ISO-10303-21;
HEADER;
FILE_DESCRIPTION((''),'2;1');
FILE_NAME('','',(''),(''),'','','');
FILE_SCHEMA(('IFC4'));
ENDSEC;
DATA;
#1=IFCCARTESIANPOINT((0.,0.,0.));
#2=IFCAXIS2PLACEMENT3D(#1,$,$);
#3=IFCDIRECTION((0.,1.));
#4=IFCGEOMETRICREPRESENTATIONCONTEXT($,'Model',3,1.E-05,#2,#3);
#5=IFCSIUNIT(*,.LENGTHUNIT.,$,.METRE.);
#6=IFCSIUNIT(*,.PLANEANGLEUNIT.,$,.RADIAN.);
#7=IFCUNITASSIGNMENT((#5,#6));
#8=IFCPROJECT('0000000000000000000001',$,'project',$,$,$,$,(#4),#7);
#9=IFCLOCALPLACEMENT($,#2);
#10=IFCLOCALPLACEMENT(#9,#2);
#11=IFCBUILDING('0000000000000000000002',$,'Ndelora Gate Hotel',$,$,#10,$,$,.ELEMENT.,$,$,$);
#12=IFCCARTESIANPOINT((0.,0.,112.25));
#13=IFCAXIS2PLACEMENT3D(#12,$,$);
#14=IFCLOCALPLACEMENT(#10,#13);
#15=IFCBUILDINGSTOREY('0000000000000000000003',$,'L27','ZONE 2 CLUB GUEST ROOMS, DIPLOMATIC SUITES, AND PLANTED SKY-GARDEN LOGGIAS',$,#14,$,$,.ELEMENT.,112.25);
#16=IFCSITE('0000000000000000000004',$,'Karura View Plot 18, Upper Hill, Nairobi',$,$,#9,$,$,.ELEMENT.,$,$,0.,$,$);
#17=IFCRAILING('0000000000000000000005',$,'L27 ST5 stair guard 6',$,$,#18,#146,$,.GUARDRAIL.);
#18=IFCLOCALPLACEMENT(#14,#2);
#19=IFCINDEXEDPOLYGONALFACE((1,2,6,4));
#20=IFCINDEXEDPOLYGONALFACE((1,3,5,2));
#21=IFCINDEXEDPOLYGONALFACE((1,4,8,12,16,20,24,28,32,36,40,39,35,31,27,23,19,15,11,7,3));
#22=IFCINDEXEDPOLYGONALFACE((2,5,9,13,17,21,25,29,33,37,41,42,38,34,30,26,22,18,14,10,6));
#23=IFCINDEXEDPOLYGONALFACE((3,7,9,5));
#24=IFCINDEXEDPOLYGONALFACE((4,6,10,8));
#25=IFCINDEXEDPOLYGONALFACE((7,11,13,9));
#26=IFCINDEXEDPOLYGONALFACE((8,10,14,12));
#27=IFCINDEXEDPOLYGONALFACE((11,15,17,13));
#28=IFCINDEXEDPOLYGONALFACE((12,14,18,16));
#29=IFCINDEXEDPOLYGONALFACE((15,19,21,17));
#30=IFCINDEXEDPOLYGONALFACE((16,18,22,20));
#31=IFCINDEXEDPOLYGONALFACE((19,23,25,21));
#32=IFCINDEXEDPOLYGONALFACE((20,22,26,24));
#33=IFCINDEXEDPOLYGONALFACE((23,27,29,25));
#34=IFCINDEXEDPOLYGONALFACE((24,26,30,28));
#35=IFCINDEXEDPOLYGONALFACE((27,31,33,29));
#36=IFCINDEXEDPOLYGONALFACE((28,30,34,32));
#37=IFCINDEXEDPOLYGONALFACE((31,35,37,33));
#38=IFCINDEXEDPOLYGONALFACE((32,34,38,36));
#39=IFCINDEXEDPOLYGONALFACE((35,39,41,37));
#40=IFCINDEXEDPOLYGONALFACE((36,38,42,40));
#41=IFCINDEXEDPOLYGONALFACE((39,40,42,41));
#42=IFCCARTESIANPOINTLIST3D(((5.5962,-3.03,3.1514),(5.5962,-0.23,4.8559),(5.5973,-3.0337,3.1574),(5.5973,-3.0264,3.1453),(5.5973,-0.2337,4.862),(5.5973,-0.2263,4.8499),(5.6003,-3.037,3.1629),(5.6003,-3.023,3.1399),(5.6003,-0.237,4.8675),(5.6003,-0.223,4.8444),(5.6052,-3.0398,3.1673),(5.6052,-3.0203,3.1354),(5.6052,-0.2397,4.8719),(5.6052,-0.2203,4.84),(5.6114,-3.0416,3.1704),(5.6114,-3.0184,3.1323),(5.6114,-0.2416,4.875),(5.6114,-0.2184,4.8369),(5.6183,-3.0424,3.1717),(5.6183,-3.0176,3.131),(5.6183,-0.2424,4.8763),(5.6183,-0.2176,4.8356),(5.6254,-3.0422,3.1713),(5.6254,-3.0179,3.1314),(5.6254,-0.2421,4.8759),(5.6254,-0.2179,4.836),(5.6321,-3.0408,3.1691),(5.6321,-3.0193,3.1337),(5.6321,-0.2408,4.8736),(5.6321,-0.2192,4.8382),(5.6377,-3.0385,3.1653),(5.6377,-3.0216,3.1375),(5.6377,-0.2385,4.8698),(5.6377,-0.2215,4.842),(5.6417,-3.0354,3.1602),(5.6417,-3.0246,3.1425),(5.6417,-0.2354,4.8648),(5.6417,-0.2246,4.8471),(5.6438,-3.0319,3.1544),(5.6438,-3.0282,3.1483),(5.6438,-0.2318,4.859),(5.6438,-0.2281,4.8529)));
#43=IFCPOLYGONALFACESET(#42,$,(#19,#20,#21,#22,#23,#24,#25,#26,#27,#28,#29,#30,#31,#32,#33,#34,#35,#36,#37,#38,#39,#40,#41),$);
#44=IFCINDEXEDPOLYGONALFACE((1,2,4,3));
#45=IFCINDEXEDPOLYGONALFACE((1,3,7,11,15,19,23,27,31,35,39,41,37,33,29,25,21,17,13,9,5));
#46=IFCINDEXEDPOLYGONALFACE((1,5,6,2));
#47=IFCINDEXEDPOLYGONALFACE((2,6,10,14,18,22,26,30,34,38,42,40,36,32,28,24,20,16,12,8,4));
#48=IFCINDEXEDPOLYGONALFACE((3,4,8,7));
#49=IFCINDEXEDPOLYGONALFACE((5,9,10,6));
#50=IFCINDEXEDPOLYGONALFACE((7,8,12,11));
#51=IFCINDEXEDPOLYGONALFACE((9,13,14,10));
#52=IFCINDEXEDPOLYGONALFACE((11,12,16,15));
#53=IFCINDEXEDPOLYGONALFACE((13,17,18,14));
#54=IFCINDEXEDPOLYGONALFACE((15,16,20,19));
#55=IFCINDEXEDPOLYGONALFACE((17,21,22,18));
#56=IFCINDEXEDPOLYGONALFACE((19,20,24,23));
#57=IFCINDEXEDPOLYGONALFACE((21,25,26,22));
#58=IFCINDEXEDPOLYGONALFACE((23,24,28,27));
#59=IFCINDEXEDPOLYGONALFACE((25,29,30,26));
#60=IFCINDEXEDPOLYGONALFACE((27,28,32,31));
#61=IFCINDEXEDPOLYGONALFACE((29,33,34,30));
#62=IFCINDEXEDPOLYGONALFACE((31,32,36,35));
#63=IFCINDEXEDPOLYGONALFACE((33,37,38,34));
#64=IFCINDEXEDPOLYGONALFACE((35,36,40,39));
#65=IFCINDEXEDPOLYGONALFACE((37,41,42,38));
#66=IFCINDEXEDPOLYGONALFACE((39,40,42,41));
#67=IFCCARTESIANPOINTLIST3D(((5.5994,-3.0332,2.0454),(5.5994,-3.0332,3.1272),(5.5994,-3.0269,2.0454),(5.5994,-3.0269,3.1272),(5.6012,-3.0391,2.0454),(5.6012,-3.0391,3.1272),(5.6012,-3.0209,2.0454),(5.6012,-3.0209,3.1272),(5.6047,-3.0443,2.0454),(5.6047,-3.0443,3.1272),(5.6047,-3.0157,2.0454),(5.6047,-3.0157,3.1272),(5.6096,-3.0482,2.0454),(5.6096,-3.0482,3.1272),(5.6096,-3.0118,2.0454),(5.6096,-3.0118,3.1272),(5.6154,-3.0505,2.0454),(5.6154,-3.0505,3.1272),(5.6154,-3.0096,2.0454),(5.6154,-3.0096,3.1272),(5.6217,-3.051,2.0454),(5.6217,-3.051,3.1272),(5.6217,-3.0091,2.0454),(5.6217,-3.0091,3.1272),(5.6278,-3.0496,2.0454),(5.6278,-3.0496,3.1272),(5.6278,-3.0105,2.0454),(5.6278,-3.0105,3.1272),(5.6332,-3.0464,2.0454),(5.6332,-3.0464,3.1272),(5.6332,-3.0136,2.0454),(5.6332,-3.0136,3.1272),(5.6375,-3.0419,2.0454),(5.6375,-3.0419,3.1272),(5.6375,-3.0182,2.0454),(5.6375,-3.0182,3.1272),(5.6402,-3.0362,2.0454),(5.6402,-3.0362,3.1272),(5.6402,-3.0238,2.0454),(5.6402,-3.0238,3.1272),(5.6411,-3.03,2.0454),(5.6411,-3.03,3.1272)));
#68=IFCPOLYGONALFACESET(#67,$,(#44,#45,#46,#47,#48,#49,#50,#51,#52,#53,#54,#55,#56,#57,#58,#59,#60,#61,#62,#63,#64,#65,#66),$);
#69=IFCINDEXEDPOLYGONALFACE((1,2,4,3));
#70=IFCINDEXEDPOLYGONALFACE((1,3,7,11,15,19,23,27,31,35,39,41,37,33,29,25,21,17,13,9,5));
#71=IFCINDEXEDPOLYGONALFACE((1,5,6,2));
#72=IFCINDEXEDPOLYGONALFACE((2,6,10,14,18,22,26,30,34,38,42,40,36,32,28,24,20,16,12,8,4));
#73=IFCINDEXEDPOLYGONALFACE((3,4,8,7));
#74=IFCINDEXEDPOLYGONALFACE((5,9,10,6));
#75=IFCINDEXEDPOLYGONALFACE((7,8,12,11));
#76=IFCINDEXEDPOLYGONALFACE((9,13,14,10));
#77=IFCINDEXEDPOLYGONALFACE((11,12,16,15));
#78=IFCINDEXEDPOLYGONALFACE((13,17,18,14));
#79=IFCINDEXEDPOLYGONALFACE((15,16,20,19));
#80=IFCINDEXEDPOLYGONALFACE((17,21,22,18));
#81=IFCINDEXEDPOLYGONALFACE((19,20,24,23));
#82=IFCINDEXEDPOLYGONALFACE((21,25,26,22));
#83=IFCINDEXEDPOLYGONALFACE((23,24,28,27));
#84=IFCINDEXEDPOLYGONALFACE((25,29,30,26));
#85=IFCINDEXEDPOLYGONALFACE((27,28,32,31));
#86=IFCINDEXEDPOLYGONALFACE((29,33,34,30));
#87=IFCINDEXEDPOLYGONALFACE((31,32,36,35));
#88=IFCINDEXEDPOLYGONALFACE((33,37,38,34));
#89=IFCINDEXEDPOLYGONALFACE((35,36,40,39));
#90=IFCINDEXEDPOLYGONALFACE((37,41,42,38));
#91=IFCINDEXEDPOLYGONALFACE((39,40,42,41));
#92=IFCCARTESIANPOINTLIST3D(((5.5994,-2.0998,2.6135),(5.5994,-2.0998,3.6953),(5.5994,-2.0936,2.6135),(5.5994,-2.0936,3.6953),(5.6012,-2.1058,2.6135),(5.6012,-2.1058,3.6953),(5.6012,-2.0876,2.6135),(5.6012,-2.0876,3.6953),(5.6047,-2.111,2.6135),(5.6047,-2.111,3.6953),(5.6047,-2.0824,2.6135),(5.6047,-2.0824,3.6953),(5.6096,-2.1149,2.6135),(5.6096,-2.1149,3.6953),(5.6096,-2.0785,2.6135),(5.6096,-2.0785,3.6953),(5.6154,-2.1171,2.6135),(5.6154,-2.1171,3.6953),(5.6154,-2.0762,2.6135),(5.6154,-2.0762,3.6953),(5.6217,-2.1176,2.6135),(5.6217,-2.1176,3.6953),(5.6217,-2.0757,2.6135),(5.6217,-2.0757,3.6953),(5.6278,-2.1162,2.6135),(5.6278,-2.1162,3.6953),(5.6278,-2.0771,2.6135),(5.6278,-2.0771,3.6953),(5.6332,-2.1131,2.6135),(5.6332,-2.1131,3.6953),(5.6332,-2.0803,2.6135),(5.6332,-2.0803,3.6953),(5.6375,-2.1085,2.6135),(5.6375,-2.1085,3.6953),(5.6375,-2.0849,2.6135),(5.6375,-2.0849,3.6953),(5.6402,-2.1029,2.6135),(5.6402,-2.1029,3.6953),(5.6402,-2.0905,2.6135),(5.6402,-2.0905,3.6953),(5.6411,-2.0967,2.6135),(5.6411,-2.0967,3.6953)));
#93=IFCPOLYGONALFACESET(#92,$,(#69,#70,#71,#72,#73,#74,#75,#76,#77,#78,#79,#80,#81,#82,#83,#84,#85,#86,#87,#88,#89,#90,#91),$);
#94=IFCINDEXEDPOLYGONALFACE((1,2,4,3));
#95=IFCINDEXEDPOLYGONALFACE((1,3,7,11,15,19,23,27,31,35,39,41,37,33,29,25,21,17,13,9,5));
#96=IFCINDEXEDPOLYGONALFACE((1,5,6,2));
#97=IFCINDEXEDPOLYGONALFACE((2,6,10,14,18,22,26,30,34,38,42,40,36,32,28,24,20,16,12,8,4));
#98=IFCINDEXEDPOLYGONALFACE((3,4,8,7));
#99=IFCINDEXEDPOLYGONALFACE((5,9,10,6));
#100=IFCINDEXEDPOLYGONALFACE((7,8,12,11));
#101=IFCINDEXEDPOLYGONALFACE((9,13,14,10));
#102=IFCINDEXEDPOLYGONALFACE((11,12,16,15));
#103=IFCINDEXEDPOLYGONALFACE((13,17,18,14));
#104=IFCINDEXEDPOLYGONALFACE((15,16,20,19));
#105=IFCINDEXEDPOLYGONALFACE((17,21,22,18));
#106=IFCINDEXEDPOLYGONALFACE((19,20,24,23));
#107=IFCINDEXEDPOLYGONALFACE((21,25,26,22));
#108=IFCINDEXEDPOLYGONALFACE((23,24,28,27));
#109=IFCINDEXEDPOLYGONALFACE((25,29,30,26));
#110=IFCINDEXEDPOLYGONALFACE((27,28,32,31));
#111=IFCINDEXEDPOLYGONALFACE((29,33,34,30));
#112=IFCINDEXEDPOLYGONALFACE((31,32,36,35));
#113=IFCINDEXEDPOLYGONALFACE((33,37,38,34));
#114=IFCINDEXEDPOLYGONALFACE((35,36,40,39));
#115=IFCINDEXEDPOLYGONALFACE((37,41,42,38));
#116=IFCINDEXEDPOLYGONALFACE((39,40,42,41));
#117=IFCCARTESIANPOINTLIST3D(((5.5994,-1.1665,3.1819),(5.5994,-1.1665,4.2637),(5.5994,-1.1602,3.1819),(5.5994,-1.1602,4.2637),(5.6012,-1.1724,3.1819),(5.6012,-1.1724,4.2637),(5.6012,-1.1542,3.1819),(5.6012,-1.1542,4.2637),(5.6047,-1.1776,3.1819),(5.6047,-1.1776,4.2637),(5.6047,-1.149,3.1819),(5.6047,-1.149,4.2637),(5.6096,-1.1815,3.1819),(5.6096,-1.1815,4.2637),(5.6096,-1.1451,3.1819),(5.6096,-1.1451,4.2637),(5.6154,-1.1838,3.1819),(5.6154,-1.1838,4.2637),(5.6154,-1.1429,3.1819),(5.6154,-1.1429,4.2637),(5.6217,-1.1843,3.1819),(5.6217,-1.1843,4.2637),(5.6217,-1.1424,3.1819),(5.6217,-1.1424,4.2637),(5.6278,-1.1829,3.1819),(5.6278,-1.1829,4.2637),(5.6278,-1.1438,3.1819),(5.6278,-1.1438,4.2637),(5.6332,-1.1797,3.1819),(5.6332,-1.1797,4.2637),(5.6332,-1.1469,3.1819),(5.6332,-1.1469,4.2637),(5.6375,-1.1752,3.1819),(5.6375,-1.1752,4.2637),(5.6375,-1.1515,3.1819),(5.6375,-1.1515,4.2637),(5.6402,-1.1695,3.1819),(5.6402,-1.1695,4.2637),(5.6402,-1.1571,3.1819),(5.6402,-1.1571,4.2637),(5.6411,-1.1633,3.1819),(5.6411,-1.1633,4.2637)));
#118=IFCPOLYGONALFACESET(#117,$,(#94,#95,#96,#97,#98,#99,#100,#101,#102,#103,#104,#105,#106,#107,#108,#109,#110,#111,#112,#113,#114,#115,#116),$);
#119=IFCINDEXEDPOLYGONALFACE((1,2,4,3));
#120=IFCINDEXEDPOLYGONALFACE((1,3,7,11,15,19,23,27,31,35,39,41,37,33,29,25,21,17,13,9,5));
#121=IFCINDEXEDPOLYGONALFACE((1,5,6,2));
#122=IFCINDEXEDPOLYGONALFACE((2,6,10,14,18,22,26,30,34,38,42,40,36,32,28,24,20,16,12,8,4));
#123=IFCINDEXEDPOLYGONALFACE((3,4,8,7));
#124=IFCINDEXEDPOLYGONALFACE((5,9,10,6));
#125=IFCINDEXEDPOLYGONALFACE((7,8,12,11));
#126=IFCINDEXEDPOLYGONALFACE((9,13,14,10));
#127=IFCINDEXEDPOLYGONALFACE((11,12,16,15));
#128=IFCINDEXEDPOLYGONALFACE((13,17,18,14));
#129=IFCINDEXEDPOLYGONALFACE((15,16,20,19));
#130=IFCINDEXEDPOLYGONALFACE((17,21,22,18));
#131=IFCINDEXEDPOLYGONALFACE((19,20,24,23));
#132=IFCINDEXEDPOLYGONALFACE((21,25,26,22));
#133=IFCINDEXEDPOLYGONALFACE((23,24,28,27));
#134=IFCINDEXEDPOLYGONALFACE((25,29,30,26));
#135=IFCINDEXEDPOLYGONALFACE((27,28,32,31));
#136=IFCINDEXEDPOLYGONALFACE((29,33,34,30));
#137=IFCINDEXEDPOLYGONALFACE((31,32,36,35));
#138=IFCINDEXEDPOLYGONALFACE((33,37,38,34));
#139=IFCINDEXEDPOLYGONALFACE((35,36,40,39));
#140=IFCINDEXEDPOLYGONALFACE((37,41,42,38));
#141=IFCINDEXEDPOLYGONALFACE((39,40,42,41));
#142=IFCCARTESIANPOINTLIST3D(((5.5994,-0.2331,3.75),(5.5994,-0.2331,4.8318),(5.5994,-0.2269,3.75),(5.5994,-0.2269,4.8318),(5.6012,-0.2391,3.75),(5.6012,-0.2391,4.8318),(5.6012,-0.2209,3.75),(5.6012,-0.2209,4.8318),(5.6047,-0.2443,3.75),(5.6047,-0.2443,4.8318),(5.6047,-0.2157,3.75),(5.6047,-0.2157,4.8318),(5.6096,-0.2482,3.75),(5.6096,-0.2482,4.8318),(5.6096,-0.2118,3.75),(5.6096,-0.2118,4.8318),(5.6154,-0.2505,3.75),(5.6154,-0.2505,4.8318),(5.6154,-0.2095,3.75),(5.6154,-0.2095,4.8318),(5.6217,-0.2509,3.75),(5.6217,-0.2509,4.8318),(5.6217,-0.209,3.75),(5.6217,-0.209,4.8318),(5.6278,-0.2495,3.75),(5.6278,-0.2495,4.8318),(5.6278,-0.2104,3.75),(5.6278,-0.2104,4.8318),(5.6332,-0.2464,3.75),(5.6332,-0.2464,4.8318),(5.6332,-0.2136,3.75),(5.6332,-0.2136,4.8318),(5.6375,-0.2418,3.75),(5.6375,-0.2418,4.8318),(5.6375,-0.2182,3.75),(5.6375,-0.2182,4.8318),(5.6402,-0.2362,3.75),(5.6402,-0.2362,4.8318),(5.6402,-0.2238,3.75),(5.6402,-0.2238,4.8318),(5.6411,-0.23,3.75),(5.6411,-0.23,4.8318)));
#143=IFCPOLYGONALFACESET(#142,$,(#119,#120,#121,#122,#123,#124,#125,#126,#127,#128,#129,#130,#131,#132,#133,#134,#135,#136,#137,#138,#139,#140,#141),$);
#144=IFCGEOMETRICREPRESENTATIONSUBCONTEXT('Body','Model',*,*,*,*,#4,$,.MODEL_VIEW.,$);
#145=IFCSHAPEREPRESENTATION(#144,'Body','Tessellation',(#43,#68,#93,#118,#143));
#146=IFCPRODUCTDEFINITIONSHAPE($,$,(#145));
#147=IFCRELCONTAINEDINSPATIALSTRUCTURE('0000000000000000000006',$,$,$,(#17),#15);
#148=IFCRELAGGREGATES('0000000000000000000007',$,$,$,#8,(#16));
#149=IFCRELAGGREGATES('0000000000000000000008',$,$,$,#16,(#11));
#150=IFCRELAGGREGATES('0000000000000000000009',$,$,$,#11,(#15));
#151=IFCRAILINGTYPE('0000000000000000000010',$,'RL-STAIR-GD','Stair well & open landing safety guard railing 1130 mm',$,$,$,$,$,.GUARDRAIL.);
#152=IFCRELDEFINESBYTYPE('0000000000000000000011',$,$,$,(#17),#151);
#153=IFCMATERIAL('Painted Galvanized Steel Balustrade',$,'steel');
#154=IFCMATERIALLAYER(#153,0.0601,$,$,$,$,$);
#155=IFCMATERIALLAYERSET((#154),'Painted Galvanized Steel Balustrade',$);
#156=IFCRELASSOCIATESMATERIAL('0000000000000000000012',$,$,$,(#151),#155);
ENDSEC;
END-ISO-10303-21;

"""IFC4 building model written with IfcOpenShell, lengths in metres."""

from ifc_helpers import new_model, si_unit, direction, frame, origin, origin_2d, place, context, subcontext, project, spatial, circle, extrude, material, layer, layer_set, type_object, element, save


model = new_model("IFC4")

# Units and contexts
model_context = context("Model", 3, precision=1e-05, world=origin(), true_north=direction((0.0, 1.0)))
body_context = subcontext(model_context, "Body", "Model", "MODEL_VIEW")
ifc_project = project(units=[si_unit("LENGTHUNIT", "METRE"), si_unit("PLANEANGLEUNIT", "RADIAN")], contexts=[model_context])

# Site, building, storey
site_placement = place(None, origin())
site = spatial("IfcSite", under=ifc_project, at=site_placement, Name="Karura View Plot 18, Upper Hill, Nairobi", CompositionType="ELEMENT", RefElevation=0.0)
building_placement = place(site_placement, origin())
building = spatial("IfcBuilding", under=site, at=building_placement, Name="Ndelora Gate Hotel", CompositionType="ELEMENT")
storey_placement = place(building_placement, frame((0.0, 0.0, 112.25)))
storey = spatial("IfcBuildingStorey", under=building, at=storey_placement, Name="L27", Description="ZONE 2 CLUB GUEST ROOMS, DIPLOMATIC SUITES, AND PLANTED SKY-GARDEN LOGGIAS", CompositionType="ELEMENT", Elevation=112.25)

# Railing
ifc_material_1 = material(Name="Painted Galvanized Steel Balustrade", Category="steel")
ifc_layer_1 = layer(ifc_material_1, 0.0601)
ifc_layer_set_1 = layer_set([ifc_layer_1], Name="Painted Galvanized Steel Balustrade")
railing_type_1 = type_object("IfcRailingType", Name="RL-STAIR-GD", Description="Stair well & open landing safety guard railing 1130 mm", PredefinedType="GUARDRAIL", material=ifc_layer_set_1)
railing_1_placement = place(storey_placement, frame((5.6201, -3.03, 2.0454)))
element("IfcRailing", 1, at=railing_1_placement, inside=storey, type_object=railing_type_1, Name="L27 ST5 stair guard 6", PredefinedType="GUARDRAIL", context=body_context, shape_type="SweptSolid", body=[
    extrude(circle(Radius=0.0239, at=origin_2d()), frame((0.0, 0.0, 1.106), z_axis=(0.0, 0.85417, 0.519994), x_axis=(-1.0, 0.0, 0.0)), (0.0, 0.0, 1.0), 3.2781),
    extrude(circle(Radius=0.021, at=origin_2d()), origin(), (0.0, 0.0, 1.0), 1.0818),
    extrude(circle(Radius=0.021, at=origin_2d()), frame((0.0, 0.9333, 0.5681)), (0.0, 0.0, 1.0), 1.0818),
    extrude(circle(Radius=0.021, at=origin_2d()), frame((0.0, 1.8667, 1.1365)), (0.0, 0.0, 1.0), 1.0818),
    extrude(circle(Radius=0.021, at=origin_2d()), frame((0.0, 2.8, 1.7046)), (0.0, 0.0, 1.0), 1.0818),
])

save(model, "model.ifc")
